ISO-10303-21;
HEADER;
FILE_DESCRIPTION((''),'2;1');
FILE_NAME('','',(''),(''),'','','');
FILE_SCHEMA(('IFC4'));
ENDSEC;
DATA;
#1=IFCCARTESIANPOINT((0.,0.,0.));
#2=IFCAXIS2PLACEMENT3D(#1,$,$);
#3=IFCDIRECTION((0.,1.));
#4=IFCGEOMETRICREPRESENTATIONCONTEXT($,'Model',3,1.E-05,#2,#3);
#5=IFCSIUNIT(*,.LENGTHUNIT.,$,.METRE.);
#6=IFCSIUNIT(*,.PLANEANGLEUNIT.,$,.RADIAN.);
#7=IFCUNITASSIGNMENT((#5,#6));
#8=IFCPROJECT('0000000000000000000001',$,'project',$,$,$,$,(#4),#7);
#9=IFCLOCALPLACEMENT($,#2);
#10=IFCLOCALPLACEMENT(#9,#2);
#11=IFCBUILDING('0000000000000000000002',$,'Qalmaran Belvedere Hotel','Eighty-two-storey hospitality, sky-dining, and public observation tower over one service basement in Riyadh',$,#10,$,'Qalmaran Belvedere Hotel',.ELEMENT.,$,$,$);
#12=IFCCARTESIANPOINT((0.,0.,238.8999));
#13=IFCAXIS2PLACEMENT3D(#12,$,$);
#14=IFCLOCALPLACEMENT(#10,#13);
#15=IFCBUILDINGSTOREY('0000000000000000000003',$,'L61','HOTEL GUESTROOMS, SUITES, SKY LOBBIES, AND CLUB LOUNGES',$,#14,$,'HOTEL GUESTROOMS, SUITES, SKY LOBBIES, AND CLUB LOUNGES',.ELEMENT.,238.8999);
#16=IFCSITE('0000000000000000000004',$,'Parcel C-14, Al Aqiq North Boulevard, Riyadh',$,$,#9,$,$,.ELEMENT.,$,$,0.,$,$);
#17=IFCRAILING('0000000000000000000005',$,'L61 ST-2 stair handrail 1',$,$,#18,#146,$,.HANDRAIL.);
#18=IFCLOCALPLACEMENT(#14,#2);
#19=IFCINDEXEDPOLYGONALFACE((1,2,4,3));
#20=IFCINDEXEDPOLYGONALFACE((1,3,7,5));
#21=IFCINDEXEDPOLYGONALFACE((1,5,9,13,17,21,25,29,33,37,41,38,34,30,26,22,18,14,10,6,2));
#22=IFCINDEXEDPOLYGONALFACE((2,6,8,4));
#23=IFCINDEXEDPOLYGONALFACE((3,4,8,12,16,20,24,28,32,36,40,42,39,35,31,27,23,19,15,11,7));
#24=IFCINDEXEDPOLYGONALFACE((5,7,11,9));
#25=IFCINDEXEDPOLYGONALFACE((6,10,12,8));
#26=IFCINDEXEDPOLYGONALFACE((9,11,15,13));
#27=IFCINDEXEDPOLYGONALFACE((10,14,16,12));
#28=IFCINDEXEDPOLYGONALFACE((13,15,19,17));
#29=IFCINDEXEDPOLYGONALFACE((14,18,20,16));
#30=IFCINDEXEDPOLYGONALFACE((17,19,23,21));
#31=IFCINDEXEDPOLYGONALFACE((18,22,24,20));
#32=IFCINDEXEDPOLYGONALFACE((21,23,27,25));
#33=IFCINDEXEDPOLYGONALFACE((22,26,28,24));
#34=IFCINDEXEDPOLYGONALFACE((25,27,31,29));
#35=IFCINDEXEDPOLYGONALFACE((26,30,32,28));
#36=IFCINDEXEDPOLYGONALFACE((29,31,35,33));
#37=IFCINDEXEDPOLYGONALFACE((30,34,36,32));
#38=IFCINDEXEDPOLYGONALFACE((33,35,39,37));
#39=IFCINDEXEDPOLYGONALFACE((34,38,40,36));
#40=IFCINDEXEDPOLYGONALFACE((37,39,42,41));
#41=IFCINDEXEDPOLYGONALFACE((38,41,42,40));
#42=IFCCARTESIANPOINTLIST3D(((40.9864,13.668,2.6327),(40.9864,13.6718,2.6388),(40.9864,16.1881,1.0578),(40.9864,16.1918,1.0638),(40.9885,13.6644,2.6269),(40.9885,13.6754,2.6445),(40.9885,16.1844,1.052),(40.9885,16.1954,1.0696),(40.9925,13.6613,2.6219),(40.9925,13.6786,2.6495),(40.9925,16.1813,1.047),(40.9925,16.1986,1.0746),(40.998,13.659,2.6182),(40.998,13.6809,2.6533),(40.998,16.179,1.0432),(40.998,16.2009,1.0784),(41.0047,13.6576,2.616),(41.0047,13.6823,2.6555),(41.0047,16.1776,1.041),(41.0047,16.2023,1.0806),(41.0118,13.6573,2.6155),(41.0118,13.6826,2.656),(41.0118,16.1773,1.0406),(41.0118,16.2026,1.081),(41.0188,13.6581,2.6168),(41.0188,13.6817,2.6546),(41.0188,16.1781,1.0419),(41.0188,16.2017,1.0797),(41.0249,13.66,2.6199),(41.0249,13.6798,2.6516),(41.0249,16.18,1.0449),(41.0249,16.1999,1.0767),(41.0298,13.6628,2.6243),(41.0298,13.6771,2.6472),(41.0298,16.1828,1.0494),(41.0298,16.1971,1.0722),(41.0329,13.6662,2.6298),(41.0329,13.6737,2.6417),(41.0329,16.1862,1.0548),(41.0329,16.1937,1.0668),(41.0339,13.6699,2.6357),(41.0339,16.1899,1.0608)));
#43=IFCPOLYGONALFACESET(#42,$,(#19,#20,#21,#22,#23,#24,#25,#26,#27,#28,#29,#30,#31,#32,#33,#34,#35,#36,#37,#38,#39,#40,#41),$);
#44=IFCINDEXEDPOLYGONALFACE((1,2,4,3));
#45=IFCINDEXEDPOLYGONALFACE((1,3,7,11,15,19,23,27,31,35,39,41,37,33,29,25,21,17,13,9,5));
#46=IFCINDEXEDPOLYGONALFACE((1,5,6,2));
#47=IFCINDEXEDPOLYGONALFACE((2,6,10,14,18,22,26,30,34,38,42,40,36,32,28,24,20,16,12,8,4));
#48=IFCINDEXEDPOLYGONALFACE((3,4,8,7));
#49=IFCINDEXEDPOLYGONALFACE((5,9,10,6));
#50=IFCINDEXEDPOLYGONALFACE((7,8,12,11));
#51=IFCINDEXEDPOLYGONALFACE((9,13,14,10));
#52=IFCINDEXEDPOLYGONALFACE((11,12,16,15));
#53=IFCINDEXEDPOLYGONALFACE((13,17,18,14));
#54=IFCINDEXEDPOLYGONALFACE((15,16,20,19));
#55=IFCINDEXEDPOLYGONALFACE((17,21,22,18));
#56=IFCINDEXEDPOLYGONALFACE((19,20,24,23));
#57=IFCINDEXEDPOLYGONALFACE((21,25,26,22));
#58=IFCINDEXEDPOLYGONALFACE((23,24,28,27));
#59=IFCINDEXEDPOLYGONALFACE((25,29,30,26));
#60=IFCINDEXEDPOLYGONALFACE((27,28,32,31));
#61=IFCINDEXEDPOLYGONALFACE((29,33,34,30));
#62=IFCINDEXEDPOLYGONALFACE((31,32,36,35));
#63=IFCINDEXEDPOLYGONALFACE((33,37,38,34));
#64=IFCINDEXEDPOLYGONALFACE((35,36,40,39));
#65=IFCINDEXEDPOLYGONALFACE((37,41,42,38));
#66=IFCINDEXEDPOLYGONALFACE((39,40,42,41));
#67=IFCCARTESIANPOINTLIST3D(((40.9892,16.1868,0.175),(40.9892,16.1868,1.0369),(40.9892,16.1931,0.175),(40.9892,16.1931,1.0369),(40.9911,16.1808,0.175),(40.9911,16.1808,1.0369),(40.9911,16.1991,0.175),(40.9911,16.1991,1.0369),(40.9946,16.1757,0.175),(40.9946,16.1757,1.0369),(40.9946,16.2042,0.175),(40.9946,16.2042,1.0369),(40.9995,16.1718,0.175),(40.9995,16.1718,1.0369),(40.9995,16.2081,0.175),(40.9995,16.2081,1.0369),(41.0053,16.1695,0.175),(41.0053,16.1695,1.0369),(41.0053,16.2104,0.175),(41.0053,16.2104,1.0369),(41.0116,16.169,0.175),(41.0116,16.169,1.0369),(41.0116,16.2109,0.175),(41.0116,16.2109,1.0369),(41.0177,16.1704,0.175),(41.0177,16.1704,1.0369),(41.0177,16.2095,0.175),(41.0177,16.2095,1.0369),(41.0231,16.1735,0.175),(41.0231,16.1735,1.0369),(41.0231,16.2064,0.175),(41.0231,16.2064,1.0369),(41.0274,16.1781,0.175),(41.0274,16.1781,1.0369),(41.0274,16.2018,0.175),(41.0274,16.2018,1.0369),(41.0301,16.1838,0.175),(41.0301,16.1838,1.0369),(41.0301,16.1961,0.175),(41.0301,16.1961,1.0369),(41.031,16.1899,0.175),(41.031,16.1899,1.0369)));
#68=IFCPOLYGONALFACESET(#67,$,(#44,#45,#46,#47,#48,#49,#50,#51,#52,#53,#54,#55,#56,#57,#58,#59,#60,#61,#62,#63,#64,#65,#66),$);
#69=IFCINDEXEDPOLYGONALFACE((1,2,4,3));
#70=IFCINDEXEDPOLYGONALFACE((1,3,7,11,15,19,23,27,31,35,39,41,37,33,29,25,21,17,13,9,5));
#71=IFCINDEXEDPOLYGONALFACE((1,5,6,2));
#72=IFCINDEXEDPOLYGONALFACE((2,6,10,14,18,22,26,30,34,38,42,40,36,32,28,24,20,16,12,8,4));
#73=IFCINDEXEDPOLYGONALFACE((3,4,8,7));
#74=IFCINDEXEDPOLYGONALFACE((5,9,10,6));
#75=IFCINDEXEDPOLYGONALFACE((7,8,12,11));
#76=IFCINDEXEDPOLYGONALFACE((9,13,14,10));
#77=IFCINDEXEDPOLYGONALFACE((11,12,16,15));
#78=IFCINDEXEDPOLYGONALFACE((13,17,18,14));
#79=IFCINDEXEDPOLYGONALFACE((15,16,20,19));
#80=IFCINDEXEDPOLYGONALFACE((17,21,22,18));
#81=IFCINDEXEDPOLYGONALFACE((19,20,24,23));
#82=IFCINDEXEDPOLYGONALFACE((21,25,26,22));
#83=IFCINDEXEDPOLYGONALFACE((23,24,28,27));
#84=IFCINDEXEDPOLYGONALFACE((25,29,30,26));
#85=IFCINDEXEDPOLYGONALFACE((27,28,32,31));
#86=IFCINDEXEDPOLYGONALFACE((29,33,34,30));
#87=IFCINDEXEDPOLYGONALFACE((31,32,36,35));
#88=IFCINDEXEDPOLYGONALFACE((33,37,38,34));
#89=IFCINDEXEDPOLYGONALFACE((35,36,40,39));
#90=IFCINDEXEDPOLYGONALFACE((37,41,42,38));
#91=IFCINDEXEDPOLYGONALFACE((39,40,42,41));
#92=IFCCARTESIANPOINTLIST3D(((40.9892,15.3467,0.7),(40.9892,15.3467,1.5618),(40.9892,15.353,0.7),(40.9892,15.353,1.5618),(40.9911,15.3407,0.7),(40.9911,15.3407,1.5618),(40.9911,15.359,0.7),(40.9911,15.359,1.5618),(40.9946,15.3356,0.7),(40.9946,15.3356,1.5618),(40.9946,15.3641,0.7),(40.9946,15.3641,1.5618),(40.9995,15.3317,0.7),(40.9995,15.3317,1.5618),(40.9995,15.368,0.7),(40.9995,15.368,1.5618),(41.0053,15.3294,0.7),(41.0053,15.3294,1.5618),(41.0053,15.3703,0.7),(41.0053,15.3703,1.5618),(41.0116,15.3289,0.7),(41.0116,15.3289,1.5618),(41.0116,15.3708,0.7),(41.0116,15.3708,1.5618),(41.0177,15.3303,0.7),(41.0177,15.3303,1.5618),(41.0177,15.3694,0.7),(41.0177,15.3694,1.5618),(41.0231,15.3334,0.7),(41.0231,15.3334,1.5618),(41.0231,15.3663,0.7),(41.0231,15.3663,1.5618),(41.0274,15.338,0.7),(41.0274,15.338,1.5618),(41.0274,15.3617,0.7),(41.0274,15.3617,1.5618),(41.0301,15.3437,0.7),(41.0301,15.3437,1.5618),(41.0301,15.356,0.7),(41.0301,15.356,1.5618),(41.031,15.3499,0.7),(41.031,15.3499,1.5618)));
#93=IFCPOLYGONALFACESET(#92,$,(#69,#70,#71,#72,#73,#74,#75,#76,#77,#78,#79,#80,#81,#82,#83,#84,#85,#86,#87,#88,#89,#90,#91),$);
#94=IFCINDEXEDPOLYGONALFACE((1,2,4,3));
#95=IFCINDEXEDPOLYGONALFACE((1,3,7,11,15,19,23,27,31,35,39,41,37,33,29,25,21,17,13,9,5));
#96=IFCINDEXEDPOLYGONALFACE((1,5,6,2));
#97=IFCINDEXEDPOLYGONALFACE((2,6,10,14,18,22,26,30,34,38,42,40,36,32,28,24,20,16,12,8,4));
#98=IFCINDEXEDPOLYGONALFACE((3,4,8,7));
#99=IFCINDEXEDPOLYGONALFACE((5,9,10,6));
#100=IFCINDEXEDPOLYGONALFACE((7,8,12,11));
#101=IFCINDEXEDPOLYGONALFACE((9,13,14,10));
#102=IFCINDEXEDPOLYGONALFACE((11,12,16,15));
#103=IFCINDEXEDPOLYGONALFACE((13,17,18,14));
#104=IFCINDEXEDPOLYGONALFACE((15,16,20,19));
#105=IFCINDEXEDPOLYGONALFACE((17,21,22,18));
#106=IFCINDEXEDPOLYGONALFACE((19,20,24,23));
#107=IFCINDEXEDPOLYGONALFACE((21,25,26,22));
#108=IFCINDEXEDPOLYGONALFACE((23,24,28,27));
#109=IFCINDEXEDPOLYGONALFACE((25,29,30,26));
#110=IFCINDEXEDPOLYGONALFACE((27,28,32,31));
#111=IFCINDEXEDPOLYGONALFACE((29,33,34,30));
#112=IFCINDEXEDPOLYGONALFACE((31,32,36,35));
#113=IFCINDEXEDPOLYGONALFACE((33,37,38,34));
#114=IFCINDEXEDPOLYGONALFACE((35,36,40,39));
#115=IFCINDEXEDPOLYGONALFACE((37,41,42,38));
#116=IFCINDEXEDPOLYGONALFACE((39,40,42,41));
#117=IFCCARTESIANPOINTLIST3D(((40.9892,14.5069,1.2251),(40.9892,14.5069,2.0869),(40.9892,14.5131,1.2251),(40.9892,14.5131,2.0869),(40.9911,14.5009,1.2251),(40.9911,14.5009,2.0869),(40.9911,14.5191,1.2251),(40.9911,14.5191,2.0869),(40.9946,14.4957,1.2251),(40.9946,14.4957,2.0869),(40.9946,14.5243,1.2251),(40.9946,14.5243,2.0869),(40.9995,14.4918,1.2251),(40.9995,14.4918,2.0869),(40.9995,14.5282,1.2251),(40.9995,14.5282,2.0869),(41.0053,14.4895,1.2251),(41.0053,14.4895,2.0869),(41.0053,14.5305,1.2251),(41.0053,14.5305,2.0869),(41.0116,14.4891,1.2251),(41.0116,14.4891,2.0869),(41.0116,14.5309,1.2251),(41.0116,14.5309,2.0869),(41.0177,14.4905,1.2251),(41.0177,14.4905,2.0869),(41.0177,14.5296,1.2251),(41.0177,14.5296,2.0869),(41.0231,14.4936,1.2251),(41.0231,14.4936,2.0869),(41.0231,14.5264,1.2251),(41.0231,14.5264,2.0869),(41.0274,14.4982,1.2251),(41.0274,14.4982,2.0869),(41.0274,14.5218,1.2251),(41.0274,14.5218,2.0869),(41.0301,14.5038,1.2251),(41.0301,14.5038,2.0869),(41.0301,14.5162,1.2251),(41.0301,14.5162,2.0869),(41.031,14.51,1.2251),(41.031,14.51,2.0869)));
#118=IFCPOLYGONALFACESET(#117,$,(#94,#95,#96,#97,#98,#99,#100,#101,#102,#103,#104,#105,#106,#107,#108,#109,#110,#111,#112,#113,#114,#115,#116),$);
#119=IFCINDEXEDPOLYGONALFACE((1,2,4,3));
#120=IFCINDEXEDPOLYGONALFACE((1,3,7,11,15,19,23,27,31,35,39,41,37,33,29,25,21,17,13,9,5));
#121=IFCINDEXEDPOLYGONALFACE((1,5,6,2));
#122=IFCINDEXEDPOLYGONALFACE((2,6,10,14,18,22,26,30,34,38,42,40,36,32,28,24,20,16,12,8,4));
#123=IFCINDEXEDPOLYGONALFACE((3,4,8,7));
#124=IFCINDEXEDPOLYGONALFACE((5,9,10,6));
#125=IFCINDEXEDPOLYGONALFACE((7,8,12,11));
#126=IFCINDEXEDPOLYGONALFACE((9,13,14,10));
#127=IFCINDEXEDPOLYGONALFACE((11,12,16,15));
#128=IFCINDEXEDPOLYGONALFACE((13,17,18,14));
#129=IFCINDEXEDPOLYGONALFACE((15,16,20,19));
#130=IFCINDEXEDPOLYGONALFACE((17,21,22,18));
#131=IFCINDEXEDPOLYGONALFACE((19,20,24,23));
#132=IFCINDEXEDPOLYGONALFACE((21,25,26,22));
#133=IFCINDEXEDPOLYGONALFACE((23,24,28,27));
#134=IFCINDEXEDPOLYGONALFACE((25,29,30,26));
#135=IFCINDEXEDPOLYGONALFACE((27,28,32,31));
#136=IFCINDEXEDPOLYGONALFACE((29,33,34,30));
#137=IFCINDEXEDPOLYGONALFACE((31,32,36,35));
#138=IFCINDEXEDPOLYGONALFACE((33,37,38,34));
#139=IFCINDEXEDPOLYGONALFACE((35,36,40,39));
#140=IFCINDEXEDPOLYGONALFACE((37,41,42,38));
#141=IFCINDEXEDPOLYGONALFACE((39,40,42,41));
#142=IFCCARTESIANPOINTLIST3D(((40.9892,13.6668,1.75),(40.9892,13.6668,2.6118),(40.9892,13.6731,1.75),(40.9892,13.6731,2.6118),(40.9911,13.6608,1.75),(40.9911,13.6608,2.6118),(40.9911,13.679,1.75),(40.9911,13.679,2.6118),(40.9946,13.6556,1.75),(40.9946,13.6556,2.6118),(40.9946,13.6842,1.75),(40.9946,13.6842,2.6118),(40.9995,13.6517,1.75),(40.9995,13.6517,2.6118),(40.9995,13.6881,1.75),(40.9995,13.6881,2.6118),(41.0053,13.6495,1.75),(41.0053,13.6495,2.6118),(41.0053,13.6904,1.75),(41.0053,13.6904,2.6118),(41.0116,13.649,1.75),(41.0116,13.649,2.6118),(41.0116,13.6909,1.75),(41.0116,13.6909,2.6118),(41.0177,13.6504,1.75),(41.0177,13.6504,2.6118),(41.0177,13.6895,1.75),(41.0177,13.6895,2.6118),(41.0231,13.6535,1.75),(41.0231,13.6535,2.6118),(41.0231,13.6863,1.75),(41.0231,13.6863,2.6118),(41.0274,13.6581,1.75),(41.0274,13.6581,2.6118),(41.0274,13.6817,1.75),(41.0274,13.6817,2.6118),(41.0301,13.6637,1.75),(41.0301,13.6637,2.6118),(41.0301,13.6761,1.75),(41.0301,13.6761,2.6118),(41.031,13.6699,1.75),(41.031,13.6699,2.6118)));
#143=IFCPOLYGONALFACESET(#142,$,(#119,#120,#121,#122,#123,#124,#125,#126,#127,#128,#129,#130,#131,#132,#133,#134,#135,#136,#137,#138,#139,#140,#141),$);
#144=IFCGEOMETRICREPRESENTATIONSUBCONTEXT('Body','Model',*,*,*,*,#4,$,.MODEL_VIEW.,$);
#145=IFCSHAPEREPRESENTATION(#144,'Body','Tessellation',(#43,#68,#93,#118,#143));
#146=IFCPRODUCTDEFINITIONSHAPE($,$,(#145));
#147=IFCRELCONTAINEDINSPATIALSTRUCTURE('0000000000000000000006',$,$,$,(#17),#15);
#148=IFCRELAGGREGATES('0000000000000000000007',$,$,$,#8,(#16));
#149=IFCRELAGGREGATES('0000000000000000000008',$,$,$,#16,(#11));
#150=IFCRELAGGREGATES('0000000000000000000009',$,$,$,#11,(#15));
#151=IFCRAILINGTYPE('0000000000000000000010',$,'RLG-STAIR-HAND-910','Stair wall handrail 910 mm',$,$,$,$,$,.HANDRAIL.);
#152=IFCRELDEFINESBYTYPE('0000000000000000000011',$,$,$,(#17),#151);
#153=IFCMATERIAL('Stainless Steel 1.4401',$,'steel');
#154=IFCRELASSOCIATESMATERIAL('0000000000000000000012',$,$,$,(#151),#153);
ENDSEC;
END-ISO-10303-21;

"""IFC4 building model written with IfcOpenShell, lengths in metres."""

from ifc_helpers import new_model, si_unit, direction, frame, origin, origin_2d, place, context, subcontext, project, spatial, circle, extrude, material, type_object, element, save


model = new_model("IFC4")

# Units and contexts
model_context = context("Model", 3, precision=1e-05, world=origin(), true_north=direction((0.0, 1.0)))
body_context = subcontext(model_context, "Body", "Model", "MODEL_VIEW")
ifc_project = project(units=[si_unit("LENGTHUNIT", "METRE"), si_unit("PLANEANGLEUNIT", "RADIAN")], contexts=[model_context])

# Site, building, storey
site_placement = place(None, origin())
site = spatial("IfcSite", under=ifc_project, at=site_placement, Name="Parcel C-14, Al Aqiq North Boulevard, Riyadh", CompositionType="ELEMENT", RefElevation=0.0)
building_placement = place(site_placement, origin())
building = spatial("IfcBuilding", under=site, at=building_placement, Name="Qalmaran Belvedere Hotel", Description="Eighty-two-storey hospitality, sky-dining, and public observation tower over one service basement in Riyadh", LongName="Qalmaran Belvedere Hotel", CompositionType="ELEMENT")
storey_placement = place(building_placement, frame((0.0, 0.0, 238.8999)))
storey = spatial("IfcBuildingStorey", under=building, at=storey_placement, Name="L61", Description="HOTEL GUESTROOMS, SUITES, SKY LOBBIES, AND CLUB LOUNGES", LongName="HOTEL GUESTROOMS, SUITES, SKY LOBBIES, AND CLUB LOUNGES", CompositionType="ELEMENT", Elevation=238.8999)

# Shared definitions
ifc_material_1 = material(Name="Stainless Steel 1.4401", Category="steel")

# Railing
railing_type = type_object("IfcRailingType", Name="RLG-STAIR-HAND-910", Description="Stair wall handrail 910 mm", PredefinedType="HANDRAIL", material=ifc_material_1)
railing_placement = place(storey_placement, frame((41.01, 16.1899, 0.175)))
element("IfcRailing", 1, at=railing_placement, inside=storey, type_object=railing_type, Name="L61 ST-2 stair handrail 1", PredefinedType="HANDRAIL", context=body_context, shape_type="SweptSolid", body=[
    extrude(circle(Radius=0.0239, at=origin_2d()), frame((0.0, 0.0, 0.8857), z_axis=(0.0, -0.848008, 0.529984), x_axis=(1.0, 0.0, 0.0)), (0.0, 0.0, 1.0), 2.9717),
    extrude(circle(Radius=0.021, at=origin_2d()), origin(), (0.0, 0.0, 1.0), 0.8618),
    extrude(circle(Radius=0.021, at=origin_2d()), frame((0.0, -0.8401, 0.5249)), (0.0, 0.0, 1.0), 0.8618),
    extrude(circle(Radius=0.021, at=origin_2d()), frame((0.0, -1.6799, 1.05)), (0.0, 0.0, 1.0), 0.8618),
    extrude(circle(Radius=0.021, at=origin_2d()), frame((0.0, -2.52, 1.575)), (0.0, 0.0, 1.0), 0.8618),
])

save(model, "model.ifc")
